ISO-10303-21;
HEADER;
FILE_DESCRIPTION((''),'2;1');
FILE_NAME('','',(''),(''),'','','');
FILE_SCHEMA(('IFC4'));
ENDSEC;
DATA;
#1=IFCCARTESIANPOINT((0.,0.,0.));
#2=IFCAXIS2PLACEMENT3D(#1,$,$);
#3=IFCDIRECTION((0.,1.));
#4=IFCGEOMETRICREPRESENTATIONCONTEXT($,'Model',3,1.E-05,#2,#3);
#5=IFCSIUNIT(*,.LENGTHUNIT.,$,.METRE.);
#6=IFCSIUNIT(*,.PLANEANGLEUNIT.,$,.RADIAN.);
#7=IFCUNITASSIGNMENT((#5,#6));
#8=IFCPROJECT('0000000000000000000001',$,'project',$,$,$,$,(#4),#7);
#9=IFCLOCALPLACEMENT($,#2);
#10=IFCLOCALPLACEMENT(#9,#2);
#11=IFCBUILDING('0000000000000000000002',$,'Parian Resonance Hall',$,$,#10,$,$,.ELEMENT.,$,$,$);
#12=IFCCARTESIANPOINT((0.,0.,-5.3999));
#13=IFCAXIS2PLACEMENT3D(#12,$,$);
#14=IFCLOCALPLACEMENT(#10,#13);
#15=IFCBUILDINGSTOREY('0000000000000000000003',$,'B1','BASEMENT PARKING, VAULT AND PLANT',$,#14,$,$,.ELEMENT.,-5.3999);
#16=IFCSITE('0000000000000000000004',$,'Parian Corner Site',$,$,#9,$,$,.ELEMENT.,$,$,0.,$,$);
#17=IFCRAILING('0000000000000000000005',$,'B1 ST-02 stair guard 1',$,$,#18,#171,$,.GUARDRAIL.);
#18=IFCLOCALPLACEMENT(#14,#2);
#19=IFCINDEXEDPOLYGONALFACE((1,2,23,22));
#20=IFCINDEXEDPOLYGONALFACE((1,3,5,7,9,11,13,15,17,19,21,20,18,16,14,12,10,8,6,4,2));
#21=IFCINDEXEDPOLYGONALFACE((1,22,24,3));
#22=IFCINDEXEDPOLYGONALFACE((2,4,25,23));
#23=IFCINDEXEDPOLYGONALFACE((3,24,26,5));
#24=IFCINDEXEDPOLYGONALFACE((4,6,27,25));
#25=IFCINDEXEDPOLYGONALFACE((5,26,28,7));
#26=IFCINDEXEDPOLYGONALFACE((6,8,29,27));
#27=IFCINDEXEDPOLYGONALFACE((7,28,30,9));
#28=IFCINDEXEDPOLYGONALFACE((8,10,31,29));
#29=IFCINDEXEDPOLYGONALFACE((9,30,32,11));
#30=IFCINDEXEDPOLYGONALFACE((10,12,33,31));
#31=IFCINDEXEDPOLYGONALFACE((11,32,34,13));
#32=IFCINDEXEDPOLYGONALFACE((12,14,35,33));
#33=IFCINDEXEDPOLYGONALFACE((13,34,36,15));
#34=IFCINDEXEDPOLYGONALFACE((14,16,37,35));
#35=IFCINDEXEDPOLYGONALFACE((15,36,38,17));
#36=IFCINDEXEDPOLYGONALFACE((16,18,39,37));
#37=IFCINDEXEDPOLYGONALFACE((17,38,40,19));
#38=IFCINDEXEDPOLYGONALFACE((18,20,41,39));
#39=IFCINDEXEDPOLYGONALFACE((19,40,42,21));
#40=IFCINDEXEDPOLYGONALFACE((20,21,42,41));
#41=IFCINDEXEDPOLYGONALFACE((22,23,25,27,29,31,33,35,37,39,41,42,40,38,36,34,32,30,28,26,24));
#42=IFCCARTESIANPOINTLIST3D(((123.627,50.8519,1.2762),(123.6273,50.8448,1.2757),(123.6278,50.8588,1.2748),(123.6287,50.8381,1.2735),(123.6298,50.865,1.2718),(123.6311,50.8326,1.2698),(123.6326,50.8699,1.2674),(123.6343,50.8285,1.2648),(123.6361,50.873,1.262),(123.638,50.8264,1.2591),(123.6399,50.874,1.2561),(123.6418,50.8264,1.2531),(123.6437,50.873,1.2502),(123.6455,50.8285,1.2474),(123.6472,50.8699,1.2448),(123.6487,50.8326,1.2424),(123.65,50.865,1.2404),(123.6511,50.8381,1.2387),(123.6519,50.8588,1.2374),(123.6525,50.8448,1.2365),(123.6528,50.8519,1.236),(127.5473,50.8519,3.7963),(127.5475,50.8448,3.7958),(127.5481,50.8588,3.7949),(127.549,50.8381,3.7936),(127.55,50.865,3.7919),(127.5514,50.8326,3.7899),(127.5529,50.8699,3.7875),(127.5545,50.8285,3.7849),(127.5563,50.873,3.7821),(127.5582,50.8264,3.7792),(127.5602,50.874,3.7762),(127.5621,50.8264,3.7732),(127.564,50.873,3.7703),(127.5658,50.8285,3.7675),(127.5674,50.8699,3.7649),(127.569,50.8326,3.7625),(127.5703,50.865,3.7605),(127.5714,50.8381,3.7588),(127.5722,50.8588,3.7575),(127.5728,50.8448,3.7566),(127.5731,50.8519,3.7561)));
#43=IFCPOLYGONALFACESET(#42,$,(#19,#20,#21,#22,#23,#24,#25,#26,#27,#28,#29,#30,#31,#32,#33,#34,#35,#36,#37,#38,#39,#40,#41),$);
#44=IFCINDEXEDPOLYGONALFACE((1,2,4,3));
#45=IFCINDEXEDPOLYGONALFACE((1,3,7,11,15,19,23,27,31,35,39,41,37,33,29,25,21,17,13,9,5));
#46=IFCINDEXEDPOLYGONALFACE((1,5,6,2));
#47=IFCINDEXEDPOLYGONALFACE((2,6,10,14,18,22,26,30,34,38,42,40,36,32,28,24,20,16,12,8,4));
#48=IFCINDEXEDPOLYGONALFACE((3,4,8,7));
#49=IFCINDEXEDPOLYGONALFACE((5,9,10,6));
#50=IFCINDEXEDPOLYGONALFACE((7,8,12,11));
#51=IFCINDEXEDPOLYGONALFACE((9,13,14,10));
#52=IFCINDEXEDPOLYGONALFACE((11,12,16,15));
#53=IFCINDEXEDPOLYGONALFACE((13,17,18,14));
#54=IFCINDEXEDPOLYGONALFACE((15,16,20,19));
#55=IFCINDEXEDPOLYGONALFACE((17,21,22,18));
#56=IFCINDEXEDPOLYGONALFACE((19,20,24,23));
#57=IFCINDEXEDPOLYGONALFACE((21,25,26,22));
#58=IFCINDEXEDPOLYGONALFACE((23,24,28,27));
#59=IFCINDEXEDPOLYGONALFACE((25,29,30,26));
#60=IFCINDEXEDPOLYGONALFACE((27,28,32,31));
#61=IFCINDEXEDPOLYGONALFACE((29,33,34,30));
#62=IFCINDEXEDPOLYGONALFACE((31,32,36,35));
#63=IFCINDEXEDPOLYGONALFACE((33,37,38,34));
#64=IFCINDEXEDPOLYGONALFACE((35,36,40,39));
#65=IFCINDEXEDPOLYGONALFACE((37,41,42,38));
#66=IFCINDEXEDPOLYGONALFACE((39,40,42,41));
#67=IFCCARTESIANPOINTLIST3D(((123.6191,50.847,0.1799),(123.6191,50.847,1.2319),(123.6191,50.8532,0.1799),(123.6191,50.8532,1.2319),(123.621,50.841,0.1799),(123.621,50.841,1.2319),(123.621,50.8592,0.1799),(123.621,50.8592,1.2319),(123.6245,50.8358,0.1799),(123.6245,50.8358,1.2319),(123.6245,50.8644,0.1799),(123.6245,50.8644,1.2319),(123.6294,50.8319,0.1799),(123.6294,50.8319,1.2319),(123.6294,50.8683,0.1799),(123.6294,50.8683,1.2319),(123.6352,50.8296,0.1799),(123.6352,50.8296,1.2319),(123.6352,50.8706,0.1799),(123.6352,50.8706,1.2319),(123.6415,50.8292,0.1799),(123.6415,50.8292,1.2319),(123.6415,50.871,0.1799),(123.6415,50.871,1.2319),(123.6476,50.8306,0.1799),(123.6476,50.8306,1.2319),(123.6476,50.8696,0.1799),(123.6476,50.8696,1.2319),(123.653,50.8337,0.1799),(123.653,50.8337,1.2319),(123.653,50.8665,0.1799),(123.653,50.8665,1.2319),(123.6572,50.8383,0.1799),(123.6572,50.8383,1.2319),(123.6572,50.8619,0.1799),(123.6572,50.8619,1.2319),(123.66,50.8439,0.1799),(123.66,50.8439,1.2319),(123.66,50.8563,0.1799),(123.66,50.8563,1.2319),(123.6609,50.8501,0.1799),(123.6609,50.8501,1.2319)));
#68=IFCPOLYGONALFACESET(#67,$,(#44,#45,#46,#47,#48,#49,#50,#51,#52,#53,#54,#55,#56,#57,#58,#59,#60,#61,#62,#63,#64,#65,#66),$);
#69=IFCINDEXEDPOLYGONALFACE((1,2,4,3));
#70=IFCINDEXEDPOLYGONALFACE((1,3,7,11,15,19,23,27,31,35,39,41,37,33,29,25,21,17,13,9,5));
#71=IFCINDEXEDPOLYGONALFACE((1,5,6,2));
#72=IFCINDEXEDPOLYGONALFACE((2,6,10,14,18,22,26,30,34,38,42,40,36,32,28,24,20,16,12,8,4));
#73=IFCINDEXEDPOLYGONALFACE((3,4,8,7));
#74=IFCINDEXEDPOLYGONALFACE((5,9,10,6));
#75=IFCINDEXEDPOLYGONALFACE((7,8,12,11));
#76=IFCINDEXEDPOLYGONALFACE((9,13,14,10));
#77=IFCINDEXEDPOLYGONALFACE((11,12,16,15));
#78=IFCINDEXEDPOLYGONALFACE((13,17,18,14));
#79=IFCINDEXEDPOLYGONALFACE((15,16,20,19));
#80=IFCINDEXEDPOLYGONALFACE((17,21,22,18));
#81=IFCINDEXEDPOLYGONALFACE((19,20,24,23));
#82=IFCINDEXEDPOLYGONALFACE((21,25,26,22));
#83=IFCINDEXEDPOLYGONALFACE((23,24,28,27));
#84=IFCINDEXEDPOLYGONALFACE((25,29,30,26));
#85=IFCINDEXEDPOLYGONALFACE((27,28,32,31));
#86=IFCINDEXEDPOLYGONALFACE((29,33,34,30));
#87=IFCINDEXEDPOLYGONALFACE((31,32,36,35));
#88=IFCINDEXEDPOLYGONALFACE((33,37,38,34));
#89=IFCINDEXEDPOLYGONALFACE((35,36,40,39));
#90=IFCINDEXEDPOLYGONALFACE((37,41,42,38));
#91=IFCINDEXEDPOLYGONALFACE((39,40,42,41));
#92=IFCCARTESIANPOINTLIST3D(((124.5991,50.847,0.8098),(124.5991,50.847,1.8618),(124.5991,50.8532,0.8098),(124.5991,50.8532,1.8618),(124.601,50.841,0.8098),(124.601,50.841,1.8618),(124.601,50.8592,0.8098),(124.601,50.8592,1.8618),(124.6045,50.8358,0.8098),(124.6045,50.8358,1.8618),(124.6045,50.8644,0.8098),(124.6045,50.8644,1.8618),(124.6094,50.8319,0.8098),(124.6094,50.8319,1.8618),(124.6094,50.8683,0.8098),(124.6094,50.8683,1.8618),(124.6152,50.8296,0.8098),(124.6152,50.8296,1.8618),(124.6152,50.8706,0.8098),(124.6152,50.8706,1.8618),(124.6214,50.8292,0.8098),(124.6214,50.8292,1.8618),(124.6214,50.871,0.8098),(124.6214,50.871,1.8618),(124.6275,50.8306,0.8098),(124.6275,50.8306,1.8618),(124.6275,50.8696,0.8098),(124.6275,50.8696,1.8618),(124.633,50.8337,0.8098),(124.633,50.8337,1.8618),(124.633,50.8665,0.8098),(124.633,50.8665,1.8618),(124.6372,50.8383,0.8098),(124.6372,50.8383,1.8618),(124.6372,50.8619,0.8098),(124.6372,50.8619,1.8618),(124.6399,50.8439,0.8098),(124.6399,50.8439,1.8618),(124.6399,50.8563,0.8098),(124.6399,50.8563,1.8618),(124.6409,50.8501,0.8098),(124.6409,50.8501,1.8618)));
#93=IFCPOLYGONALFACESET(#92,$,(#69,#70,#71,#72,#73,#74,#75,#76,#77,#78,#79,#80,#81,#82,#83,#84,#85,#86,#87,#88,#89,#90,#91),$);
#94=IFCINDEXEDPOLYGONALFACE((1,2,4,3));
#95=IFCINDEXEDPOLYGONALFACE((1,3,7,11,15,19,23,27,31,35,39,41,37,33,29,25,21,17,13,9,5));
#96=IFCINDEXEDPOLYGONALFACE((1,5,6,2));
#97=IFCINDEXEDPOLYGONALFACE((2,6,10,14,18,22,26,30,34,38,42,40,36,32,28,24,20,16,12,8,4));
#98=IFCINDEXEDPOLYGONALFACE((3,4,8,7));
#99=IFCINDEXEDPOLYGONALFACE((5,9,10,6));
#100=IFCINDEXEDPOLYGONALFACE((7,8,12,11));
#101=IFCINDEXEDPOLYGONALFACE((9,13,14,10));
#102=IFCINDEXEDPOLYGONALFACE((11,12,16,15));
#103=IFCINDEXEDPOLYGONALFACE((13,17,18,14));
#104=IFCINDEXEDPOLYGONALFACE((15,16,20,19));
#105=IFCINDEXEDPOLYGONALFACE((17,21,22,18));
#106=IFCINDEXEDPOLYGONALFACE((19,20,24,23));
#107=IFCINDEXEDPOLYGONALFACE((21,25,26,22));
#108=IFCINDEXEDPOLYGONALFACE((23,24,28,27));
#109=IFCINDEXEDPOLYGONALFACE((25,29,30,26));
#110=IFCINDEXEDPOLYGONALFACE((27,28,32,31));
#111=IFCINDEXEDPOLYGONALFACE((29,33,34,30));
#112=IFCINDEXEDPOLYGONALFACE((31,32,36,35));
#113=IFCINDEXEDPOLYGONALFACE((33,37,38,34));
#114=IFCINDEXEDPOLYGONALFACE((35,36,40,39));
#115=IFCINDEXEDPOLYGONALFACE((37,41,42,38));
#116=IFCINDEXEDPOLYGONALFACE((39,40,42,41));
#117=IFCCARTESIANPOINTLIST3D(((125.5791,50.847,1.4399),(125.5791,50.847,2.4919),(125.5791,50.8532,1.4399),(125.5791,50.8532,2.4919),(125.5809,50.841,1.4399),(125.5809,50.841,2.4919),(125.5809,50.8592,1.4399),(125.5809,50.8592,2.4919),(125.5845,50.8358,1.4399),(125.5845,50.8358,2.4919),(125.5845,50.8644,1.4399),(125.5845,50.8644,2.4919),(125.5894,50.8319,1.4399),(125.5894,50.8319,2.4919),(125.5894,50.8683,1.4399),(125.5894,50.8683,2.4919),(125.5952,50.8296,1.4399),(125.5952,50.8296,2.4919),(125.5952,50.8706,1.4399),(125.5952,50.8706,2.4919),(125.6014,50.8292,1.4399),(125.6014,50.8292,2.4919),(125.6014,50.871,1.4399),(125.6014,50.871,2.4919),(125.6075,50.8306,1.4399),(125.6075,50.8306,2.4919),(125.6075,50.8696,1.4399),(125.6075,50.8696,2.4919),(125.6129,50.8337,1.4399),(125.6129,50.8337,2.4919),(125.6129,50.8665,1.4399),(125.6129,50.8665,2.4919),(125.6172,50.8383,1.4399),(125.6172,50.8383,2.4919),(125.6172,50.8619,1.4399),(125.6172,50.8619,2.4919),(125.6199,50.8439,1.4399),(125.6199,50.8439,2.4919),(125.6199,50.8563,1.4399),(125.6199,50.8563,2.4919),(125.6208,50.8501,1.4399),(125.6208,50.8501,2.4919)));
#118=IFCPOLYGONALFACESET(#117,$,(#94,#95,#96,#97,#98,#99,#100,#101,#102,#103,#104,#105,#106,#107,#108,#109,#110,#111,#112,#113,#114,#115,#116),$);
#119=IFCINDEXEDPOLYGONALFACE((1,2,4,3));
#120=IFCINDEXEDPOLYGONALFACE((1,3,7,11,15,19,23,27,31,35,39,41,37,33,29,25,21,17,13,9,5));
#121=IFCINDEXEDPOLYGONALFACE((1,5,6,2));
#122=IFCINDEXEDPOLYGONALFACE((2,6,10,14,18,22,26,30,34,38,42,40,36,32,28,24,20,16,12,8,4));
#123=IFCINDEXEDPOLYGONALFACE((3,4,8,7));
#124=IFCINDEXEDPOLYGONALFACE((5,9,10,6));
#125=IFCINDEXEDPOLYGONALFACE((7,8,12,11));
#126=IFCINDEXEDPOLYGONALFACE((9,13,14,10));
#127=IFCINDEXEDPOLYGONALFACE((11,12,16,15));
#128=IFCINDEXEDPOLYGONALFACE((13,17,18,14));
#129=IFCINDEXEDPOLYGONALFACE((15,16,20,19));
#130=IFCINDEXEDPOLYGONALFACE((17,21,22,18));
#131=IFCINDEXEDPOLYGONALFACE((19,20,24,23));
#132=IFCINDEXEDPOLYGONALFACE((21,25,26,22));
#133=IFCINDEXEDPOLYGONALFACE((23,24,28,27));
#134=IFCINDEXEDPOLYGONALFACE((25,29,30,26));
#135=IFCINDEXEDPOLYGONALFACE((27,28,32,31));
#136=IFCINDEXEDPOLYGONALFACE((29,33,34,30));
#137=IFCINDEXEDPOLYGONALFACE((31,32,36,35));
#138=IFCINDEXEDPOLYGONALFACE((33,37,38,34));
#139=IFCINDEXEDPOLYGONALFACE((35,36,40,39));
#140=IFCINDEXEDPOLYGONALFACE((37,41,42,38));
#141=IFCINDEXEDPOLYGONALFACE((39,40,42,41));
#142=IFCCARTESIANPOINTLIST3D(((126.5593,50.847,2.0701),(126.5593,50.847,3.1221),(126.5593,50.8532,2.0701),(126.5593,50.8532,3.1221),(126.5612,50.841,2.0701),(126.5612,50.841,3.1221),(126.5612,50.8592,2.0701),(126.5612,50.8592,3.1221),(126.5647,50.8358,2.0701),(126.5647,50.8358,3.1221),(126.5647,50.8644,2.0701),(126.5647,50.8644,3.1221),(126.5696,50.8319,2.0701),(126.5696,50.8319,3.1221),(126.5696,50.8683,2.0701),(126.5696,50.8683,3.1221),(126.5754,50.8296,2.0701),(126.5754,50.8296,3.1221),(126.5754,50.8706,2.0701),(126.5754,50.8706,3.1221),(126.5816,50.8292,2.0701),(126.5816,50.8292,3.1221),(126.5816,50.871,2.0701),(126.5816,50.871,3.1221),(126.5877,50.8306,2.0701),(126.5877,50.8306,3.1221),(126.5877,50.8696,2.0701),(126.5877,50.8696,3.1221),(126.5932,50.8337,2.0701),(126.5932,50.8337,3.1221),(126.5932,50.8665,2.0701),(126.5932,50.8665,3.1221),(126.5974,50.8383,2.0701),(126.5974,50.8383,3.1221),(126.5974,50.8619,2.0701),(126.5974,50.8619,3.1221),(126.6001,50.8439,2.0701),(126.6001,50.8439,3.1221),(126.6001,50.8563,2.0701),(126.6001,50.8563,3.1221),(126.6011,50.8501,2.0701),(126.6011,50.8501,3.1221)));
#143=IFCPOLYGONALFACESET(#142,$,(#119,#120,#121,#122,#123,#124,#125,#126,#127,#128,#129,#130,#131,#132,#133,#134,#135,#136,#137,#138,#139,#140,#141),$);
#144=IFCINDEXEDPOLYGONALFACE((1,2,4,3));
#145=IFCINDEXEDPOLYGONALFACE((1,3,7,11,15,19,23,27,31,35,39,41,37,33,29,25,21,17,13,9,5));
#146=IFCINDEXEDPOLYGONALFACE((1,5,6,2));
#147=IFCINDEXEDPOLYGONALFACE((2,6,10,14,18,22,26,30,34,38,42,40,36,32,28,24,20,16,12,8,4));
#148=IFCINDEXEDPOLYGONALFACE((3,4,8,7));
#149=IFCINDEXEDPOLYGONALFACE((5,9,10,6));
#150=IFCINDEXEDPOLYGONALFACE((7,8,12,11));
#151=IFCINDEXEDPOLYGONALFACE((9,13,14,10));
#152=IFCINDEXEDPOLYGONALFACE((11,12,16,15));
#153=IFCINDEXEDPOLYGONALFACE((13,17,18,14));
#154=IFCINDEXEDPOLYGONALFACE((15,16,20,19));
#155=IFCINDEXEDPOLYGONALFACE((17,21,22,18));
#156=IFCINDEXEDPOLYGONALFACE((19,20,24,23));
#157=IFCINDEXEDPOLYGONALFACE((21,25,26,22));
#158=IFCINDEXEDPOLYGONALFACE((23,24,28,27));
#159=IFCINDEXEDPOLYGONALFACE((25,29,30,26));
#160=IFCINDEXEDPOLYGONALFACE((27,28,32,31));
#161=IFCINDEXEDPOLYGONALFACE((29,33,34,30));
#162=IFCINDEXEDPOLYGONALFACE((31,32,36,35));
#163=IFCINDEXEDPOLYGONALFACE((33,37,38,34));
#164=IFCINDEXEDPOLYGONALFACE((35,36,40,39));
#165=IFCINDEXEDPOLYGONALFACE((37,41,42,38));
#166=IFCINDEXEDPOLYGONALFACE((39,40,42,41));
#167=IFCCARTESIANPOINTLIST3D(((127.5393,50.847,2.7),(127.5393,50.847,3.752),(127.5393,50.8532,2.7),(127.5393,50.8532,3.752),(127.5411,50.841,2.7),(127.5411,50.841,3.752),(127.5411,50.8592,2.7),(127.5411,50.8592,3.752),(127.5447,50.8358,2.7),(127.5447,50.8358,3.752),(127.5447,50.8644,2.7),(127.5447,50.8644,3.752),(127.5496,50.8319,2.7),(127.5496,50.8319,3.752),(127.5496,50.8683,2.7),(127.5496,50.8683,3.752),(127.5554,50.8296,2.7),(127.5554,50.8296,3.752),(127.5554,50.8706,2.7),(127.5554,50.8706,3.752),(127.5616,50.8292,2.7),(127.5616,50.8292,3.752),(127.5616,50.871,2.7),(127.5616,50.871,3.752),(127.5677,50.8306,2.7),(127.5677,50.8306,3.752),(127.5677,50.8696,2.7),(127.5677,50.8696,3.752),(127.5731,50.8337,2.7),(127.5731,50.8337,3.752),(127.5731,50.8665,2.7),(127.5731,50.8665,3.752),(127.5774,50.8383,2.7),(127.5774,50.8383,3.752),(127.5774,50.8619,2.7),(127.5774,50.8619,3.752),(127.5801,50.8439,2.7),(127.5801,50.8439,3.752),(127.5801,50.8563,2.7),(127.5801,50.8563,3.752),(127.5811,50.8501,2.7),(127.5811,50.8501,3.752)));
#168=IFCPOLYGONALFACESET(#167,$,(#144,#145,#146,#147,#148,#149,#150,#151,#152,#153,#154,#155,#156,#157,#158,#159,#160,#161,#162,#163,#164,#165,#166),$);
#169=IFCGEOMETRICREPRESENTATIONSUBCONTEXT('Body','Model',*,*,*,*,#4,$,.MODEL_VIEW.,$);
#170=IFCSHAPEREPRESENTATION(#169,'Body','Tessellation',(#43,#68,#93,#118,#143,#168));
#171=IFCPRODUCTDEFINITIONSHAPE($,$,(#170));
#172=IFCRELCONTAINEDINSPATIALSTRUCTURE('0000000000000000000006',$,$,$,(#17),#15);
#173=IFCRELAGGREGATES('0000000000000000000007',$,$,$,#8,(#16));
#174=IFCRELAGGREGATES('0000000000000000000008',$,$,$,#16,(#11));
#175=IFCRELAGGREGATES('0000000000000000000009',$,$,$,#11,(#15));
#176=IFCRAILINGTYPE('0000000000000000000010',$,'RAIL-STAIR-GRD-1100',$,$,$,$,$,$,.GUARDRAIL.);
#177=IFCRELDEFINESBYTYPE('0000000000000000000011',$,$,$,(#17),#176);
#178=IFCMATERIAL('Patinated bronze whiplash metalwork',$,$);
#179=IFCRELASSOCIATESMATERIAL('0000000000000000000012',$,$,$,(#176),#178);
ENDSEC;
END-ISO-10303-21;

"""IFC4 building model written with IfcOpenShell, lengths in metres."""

from ifc_helpers import new_model, si_unit, direction, frame, origin, origin_2d, place, context, subcontext, project, spatial, circle, extrude, material, type_object, element, save


model = new_model("IFC4")

# Units and contexts
model_context = context("Model", 3, precision=1e-05, world=origin(), true_north=direction((0.0, 1.0)))
body_context = subcontext(model_context, "Body", "Model", "MODEL_VIEW")
ifc_project = project(units=[si_unit("LENGTHUNIT", "METRE"), si_unit("PLANEANGLEUNIT", "RADIAN")], contexts=[model_context])

# Site, building, storey
site_placement = place(None, origin())
site = spatial("IfcSite", under=ifc_project, at=site_placement, Name="Parian Corner Site", CompositionType="ELEMENT", RefElevation=0.0)
building_placement = place(site_placement, origin())
building = spatial("IfcBuilding", under=site, at=building_placement, Name="Parian Resonance Hall", CompositionType="ELEMENT")
storey_placement = place(building_placement, frame((0.0, 0.0, -5.3999)))
storey = spatial("IfcBuildingStorey", under=building, at=storey_placement, Name="B1", Description="BASEMENT PARKING, VAULT AND PLANT", CompositionType="ELEMENT", Elevation=-5.3999)

# Railing
ifc_material_1 = material(Name="Patinated bronze whiplash metalwork")
railing_type_1 = type_object("IfcRailingType", Name="RAIL-STAIR-GRD-1100", PredefinedType="GUARDRAIL", material=ifc_material_1)
railing_1_placement = place(storey_placement, frame((123.6399, 50.8501, 0.1799)))
element("IfcRailing", 1, at=railing_1_placement, inside=storey, type_object=railing_type_1, Name="B1 ST-02 stair guard 1", PredefinedType="GUARDRAIL", context=body_context, shape_type="SweptSolid", body=[
    extrude(circle(Radius=0.0239, at=origin_2d()), frame((0.0, 0.0, 1.0762), z_axis=(0.841187, 0.0, 0.540744), x_axis=(0.0, 1.0, 0.0)), (0.0, 0.0, 1.0), 4.6604),
    extrude(circle(Radius=0.021, at=origin_2d()), origin(), (0.0, 0.0, 1.0), 1.052),
    extrude(circle(Radius=0.021, at=origin_2d()), frame((0.98, 0.0, 0.6299)), (0.0, 0.0, 1.0), 1.052),
    extrude(circle(Radius=0.021, at=origin_2d()), frame((1.96, 0.0, 1.26)), (0.0, 0.0, 1.0), 1.052),
    extrude(circle(Radius=0.021, at=origin_2d()), frame((2.9402, 0.0, 1.8901)), (0.0, 0.0, 1.0), 1.052),
    extrude(circle(Radius=0.021, at=origin_2d()), frame((3.9202, 0.0, 2.52)), (0.0, 0.0, 1.0), 1.052),
])

save(model, "model.ifc")
